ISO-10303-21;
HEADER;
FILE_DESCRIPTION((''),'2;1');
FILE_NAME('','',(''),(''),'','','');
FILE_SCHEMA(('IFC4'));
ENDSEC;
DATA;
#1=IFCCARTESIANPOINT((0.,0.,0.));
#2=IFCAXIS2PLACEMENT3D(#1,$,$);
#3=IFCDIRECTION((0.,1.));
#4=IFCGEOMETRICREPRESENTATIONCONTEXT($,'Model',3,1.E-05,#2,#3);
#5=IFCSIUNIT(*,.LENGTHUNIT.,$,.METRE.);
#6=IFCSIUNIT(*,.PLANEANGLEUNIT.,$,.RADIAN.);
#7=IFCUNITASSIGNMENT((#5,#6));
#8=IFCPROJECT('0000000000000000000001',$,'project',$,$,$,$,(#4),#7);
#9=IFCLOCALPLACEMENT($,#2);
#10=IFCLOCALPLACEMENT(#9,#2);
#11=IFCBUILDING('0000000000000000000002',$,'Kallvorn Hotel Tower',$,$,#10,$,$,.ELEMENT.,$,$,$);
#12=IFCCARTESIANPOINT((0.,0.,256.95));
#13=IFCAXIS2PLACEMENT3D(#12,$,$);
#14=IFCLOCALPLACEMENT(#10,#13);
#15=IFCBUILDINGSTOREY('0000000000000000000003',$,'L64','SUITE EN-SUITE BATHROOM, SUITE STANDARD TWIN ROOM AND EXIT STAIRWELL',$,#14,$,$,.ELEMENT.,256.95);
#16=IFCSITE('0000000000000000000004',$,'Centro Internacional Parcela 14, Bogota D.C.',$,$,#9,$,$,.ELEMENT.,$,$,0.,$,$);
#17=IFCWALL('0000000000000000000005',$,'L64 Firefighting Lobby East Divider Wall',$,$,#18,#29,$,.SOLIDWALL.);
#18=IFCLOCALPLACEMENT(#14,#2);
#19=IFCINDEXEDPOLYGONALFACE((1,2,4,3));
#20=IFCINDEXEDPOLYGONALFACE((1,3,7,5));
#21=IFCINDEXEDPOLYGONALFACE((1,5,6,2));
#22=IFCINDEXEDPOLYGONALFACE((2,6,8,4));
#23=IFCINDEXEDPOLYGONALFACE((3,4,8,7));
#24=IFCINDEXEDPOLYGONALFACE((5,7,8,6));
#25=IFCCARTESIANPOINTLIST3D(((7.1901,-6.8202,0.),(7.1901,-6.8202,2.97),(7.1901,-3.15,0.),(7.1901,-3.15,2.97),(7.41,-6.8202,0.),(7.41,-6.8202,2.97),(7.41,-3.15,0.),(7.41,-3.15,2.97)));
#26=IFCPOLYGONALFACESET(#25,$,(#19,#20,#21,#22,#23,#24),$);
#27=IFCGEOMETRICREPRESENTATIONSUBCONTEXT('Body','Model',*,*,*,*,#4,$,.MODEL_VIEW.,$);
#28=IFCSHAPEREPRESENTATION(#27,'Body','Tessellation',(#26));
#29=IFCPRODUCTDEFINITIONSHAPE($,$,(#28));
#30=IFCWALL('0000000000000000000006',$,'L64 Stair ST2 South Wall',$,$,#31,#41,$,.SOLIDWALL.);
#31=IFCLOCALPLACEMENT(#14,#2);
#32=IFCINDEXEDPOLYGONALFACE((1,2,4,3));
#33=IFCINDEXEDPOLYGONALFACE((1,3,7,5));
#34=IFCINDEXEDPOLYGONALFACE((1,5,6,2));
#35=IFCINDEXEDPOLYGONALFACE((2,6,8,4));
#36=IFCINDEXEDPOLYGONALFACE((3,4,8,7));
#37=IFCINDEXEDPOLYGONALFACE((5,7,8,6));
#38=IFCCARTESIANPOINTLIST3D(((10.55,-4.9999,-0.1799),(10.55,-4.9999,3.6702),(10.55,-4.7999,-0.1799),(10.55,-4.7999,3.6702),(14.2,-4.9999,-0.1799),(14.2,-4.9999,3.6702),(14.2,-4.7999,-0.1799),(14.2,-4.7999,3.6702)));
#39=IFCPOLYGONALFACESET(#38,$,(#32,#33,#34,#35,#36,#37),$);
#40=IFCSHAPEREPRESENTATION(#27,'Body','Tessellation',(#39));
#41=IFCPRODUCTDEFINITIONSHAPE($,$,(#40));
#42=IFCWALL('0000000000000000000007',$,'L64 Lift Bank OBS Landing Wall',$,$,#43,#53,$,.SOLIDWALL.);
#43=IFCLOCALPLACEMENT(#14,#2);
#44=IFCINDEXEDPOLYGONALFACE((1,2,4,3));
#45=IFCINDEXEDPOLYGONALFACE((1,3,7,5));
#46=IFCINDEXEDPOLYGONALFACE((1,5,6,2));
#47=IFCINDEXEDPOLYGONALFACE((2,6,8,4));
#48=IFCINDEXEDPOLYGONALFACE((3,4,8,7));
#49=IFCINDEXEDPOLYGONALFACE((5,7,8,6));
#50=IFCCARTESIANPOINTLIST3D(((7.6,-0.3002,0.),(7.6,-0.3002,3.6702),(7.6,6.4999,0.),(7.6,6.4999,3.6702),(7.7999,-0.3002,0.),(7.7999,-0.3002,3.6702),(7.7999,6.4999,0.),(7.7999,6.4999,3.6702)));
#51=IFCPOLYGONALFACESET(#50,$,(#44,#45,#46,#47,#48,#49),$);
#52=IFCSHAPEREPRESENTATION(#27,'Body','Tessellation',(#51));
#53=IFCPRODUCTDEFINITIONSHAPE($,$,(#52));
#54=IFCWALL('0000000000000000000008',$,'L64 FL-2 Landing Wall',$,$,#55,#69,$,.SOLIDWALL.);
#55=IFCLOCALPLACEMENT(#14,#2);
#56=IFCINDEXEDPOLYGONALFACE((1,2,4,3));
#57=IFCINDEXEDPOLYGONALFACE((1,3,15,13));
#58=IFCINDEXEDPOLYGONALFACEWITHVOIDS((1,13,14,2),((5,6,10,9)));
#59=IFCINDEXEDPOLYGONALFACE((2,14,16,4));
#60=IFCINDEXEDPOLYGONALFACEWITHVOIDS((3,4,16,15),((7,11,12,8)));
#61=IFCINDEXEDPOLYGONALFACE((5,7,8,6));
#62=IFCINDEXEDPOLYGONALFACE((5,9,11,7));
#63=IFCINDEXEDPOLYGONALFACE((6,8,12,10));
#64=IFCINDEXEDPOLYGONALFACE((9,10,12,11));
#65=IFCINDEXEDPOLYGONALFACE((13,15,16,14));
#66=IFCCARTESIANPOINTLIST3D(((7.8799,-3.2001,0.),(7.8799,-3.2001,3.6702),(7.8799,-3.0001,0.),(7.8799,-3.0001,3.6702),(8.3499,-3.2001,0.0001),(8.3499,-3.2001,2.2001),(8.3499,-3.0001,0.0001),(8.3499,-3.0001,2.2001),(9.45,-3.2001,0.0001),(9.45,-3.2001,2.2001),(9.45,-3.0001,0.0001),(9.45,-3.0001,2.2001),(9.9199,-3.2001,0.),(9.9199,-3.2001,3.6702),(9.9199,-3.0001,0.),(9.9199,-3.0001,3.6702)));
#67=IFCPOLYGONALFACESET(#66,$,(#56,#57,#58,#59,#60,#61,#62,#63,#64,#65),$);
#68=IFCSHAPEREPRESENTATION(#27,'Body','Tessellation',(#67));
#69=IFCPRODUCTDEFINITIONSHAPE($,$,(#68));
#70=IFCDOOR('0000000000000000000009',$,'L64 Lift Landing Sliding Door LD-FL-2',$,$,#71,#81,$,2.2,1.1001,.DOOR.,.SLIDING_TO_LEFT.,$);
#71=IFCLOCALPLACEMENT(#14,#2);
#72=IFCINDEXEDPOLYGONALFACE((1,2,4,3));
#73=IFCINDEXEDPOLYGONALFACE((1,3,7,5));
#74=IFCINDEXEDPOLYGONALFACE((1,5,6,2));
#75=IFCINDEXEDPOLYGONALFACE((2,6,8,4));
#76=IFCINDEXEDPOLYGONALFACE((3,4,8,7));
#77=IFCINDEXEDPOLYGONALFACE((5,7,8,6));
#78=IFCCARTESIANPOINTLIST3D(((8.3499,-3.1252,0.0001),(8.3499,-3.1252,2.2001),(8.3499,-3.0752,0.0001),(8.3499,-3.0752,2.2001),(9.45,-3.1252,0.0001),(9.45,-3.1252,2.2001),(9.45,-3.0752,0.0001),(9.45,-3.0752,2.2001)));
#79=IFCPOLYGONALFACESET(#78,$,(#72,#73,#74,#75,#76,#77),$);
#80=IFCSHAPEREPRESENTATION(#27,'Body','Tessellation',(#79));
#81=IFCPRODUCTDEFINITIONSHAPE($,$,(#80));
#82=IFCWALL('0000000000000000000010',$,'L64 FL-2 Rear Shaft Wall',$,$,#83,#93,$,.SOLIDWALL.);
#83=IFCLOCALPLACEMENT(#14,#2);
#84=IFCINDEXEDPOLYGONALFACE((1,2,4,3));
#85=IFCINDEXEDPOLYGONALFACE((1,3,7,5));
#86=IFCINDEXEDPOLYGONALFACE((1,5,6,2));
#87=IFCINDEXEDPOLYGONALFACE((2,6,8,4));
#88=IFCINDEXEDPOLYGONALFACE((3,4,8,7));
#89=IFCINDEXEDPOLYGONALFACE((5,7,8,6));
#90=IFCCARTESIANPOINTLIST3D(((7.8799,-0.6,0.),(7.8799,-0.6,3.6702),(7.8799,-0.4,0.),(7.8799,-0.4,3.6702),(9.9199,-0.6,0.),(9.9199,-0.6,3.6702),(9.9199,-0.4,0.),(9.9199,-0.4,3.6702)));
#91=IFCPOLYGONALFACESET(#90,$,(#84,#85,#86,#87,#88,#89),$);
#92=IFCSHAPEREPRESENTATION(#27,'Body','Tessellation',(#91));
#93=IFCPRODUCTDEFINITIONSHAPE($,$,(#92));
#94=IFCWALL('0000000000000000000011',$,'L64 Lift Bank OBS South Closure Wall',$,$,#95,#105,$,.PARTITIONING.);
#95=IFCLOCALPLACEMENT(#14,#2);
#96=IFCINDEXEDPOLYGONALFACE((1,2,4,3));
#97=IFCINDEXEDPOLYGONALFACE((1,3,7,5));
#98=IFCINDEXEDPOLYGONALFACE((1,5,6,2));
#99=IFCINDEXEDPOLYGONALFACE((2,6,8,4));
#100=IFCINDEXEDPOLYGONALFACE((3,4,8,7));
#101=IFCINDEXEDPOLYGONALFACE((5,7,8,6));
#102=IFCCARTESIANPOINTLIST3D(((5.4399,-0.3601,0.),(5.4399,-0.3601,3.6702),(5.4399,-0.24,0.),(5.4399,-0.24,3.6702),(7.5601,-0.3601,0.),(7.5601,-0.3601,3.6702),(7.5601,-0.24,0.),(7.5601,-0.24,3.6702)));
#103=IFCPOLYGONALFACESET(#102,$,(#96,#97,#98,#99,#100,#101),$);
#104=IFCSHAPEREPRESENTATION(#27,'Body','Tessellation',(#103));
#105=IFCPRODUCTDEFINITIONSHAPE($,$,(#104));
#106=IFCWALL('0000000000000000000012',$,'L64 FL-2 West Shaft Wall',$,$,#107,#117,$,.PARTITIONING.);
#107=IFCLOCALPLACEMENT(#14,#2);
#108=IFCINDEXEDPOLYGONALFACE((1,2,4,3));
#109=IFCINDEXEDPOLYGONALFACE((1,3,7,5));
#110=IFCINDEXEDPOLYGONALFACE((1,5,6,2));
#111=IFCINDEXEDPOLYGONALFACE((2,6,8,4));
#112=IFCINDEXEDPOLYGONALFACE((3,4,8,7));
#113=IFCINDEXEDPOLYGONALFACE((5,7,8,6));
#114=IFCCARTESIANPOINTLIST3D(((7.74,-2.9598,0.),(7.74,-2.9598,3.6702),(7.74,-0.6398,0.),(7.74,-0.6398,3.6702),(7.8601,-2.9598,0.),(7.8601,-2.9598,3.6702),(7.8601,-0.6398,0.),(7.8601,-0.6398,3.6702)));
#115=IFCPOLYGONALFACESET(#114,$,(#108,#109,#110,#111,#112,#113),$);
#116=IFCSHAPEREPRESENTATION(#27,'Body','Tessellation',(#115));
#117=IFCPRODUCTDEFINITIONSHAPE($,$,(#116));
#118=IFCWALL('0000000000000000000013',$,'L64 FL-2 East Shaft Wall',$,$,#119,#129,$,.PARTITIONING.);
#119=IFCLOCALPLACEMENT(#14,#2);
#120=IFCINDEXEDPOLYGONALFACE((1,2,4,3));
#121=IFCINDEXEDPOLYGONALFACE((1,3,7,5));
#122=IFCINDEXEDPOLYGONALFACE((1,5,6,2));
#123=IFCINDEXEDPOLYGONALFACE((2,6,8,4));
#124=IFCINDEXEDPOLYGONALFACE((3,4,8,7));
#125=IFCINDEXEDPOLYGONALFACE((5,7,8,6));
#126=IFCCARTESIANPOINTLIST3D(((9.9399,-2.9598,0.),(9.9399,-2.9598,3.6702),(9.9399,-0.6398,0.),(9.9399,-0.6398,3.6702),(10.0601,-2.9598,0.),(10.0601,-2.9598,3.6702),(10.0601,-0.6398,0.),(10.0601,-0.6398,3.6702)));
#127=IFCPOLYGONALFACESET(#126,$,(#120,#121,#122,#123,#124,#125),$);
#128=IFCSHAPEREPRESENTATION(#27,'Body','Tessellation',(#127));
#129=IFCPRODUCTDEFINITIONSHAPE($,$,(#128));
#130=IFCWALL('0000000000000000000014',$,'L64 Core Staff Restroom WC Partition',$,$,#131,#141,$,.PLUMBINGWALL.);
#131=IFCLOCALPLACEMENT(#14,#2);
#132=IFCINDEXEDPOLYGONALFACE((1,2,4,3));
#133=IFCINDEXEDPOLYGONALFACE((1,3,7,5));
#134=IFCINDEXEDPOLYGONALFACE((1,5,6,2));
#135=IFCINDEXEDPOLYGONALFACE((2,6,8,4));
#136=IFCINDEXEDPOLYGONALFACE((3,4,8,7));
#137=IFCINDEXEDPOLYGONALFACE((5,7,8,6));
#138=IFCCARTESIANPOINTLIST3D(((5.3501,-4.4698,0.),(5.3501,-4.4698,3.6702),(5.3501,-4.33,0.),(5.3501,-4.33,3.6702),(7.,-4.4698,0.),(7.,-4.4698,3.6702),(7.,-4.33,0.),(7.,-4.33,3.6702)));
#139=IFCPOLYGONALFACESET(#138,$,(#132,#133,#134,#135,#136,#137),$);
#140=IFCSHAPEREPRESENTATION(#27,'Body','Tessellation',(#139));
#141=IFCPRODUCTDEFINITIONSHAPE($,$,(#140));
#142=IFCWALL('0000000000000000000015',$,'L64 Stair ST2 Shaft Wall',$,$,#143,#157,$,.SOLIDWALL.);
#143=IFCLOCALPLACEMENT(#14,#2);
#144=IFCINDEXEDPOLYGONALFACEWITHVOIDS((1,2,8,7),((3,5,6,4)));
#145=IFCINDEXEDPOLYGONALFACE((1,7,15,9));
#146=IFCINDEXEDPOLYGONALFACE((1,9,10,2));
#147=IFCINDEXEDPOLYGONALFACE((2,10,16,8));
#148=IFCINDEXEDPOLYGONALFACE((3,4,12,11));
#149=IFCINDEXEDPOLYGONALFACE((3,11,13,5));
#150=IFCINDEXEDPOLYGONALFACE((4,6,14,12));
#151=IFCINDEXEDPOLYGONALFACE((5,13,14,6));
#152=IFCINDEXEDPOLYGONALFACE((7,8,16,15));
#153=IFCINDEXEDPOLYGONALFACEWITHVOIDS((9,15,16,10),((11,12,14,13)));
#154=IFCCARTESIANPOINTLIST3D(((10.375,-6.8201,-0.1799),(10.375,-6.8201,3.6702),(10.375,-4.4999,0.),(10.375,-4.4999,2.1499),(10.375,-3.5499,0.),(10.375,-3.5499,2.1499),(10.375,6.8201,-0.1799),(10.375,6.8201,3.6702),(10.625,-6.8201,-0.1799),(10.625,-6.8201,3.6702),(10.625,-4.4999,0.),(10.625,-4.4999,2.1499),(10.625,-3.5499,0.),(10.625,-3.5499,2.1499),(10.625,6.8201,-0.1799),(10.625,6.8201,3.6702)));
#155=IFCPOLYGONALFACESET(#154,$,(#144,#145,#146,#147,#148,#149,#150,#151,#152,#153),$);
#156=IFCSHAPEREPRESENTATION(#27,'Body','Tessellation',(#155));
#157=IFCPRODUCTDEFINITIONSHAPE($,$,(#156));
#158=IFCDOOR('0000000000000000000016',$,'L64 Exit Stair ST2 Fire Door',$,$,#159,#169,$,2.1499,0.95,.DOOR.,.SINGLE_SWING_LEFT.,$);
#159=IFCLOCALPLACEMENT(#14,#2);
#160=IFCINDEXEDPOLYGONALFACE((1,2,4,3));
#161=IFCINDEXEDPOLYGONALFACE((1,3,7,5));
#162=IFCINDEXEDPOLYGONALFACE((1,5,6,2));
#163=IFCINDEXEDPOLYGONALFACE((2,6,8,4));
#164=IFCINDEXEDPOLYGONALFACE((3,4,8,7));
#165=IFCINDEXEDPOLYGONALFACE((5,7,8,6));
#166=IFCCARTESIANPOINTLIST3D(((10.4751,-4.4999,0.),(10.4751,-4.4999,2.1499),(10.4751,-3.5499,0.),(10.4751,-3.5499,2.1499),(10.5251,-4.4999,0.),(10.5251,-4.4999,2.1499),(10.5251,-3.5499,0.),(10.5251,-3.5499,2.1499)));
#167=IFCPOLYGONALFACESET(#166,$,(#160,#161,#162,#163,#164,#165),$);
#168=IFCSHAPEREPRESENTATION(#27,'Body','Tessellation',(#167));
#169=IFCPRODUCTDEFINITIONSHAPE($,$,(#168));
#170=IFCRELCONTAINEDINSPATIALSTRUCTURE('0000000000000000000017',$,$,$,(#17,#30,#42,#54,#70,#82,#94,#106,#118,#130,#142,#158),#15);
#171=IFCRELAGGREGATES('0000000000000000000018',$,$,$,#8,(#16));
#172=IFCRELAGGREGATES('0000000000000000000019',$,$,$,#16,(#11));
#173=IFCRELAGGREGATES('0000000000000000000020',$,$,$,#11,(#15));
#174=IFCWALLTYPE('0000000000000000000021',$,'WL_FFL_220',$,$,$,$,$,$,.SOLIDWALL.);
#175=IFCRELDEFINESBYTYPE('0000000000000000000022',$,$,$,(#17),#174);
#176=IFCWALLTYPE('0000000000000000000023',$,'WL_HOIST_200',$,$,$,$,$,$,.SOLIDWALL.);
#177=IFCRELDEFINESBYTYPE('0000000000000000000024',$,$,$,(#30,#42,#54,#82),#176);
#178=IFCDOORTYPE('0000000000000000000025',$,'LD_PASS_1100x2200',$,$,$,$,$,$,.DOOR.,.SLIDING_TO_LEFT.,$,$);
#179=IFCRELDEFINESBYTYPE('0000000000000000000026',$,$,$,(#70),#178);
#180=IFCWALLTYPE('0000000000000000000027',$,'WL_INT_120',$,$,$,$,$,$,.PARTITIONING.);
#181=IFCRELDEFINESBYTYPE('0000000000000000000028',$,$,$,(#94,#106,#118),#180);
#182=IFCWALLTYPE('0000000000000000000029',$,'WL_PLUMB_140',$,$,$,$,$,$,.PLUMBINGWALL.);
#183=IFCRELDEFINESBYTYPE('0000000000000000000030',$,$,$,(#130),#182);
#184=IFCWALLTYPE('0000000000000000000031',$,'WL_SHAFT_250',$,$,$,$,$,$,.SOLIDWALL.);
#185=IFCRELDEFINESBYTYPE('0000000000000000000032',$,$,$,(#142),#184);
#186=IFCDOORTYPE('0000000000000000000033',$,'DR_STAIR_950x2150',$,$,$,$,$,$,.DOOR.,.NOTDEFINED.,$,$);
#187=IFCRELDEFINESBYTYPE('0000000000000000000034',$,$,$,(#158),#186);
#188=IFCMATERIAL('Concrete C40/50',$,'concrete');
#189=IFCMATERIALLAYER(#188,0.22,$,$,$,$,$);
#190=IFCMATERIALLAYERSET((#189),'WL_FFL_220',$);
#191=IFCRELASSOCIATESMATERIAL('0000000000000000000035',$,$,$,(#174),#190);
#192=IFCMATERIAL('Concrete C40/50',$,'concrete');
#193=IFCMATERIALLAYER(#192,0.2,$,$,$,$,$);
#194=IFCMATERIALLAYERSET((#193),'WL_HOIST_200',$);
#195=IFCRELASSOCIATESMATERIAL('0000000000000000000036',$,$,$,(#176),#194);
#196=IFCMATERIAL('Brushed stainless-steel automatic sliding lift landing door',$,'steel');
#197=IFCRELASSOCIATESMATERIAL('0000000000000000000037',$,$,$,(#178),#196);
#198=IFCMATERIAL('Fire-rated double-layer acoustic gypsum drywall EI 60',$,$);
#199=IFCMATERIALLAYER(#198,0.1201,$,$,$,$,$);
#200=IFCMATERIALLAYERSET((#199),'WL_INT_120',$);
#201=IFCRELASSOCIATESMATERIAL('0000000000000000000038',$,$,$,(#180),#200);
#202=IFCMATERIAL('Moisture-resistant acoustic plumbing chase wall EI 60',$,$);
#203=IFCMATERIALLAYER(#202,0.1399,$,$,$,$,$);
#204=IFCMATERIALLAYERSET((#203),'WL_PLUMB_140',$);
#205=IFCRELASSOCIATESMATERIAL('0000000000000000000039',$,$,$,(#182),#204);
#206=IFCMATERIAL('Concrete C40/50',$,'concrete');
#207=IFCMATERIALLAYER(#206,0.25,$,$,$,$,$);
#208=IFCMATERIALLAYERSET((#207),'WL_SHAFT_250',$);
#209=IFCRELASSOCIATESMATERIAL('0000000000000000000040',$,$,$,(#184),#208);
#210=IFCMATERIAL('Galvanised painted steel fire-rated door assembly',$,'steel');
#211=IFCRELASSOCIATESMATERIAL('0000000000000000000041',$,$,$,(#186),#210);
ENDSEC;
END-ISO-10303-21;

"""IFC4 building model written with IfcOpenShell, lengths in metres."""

from ifc_helpers import new_model, si_unit, direction, frame, frame_2d, origin, place, context, subcontext, project, spatial, rectangle, extrude, material, layer, layer_set, type_object, element, fill, save


model = new_model("IFC4")

# Units and contexts
model_context = context("Model", 3, precision=1e-05, world=origin(), true_north=direction((0.0, 1.0)))
body_context = subcontext(model_context, "Body", "Model", "MODEL_VIEW")
ifc_project = project(units=[si_unit("LENGTHUNIT", "METRE"), si_unit("PLANEANGLEUNIT", "RADIAN")], contexts=[model_context])

# Site, building, storey
site_placement = place(None, origin())
site = spatial("IfcSite", under=ifc_project, at=site_placement, Name="Centro Internacional Parcela 14, Bogota D.C.", CompositionType="ELEMENT", RefElevation=0.0)
building_placement = place(site_placement, origin())
building = spatial("IfcBuilding", under=site, at=building_placement, Name="Kallvorn Hotel Tower", CompositionType="ELEMENT")
storey_placement = place(building_placement, frame((0.0, 0.0, 256.95)))
storey = spatial("IfcBuildingStorey", under=building, at=storey_placement, Name="L64", Description="SUITE EN-SUITE BATHROOM, SUITE STANDARD TWIN ROOM AND EXIT STAIRWELL", CompositionType="ELEMENT", Elevation=256.95)

# Walls
ifc_material_1 = material(Name="Concrete C40/50", Category="concrete")
ifc_layer_1 = layer(ifc_material_1, 0.22)
ifc_layer_set_1 = layer_set([ifc_layer_1], Name="WL_FFL_220")
wall_type_1 = type_object("IfcWallType", Name="WL_FFL_220", PredefinedType="SOLIDWALL", material=ifc_layer_set_1)
wall_1_placement = place(storey_placement, frame((7.3, -6.8201, 0.0), z_axis=(0.0, 0.0, 1.0), x_axis=(0.0, 1.0, 0.0)))
element("IfcWall", 1, at=wall_1_placement, inside=storey, type_object=wall_type_1, Name="L64 Firefighting Lobby East Divider Wall", PredefinedType="SOLIDWALL", context=body_context, shape_type="SweptSolid", body=[
    extrude(rectangle(XDim=3.6702, YDim=0.22, at=frame_2d((1.835, 0.0))), origin(), (0.0, 0.0, 1.0), 2.97),
])
ifc_material_2 = material(Name="Concrete C40/50", Category="concrete")
ifc_layer_2 = layer(ifc_material_2, 0.2)
ifc_layer_set_2 = layer_set([ifc_layer_2], Name="WL_HOIST_200")
wall_type_2 = type_object("IfcWallType", Name="WL_HOIST_200", PredefinedType="SOLIDWALL", material=ifc_layer_set_2)
wall_2_placement = place(storey_placement, frame((10.55, -4.8999, -0.1799), z_axis=(0.0, 0.0, 1.0), x_axis=(1.0, 0.0, 0.0)))
element("IfcWall", 2, at=wall_2_placement, inside=storey, type_object=wall_type_2, Name="L64 Stair ST2 South Wall", PredefinedType="SOLIDWALL", context=body_context, shape_type="SweptSolid", body=[
    extrude(rectangle(XDim=3.6499, YDim=0.2, at=frame_2d((1.825, 0.0))), origin(), (0.0, 0.0, 1.0), 3.8501),
])
wall_3_placement = place(storey_placement, frame((7.7, -0.3, 0.0), z_axis=(0.0, 0.0, 1.0), x_axis=(0.0, 1.0, 0.0)))
element("IfcWall", 3, at=wall_3_placement, inside=storey, type_object=wall_type_2, Name="L64 Lift Bank OBS Landing Wall", PredefinedType="SOLIDWALL", context=body_context, shape_type="SweptSolid", body=[
    extrude(rectangle(XDim=6.8, YDim=0.2, at=frame_2d((3.3999, 0.0))), origin(), (0.0, 0.0, 1.0), 3.6702),
])

# Wall, opening, door
wall_4_placement = place(storey_placement, frame((7.8799, -3.1001, 0.0), z_axis=(0.0, 0.0, 1.0), x_axis=(1.0, 0.0, 0.0)))
wall_4 = element("IfcWall", 4, at=wall_4_placement, inside=storey, type_object=wall_type_2, Name="L64 FL-2 Landing Wall", PredefinedType="SOLIDWALL", context=body_context, shape_type="SweptSolid", body=[
    extrude(rectangle(XDim=2.04, YDim=0.2, at=frame_2d((1.02, 0.0))), origin(), (0.0, 0.0, 1.0), 3.6702),
])
opening_1_placement = place(wall_4_placement, frame((0.47, 0.0, 0.0)))
opening_1 = element("IfcOpeningElement", 5, at=opening_1_placement, cuts=wall_4, PredefinedType="OPENING", context=body_context, shape_type="SweptSolid", body=[
    extrude(rectangle(XDim=1.1001, YDim=2.2, at=frame_2d((0.55, 1.1001))), frame((0.0, 0.115, 0.0), z_axis=(0.0, -1.0, 0.0), x_axis=(1.0, 0.0, 0.0)), (0.0, 0.0, 1.0), 0.23),
])
ifc_material_3 = material(Name="Brushed stainless-steel automatic sliding lift landing door", Category="steel")
door_type_1 = type_object("IfcDoorType", Name="LD_PASS_1100x2200", OperationType="SLIDING_TO_LEFT", PredefinedType="DOOR", material=ifc_material_3)
door_1_placement = place(opening_1_placement, origin())
door_1 = element("IfcDoor", 6, at=door_1_placement, inside=storey, type_object=door_type_1, Name="L64 Lift Landing Sliding Door LD-FL-2", OperationType="SLIDING_TO_LEFT", OverallHeight=2.2, OverallWidth=1.1001, PredefinedType="DOOR", context=body_context, shape_type="SweptSolid", body=[
    extrude(rectangle(XDim=1.1001, YDim=2.2, at=frame_2d((0.55, 1.1001))), frame((0.0, 0.0249, 0.0), z_axis=(0.0, -1.0, 0.0), x_axis=(1.0, 0.0, 0.0)), (0.0, 0.0, 1.0), 0.05),
])
fill(opening_1, door_1)

# Walls
wall_5_placement = place(storey_placement, frame((7.8799, -0.5, 0.0), z_axis=(0.0, 0.0, 1.0), x_axis=(1.0, 0.0, 0.0)))
element("IfcWall", 7, at=wall_5_placement, inside=storey, type_object=wall_type_2, Name="L64 FL-2 Rear Shaft Wall", PredefinedType="SOLIDWALL", context=body_context, shape_type="SweptSolid", body=[
    extrude(rectangle(XDim=2.04, YDim=0.2, at=frame_2d((1.02, 0.0))), origin(), (0.0, 0.0, 1.0), 3.6702),
])
ifc_material_4 = material(Name="Fire-rated double-layer acoustic gypsum drywall EI 60")
ifc_layer_3 = layer(ifc_material_4, 0.1201)
ifc_layer_set_3 = layer_set([ifc_layer_3], Name="WL_INT_120")
wall_type_3 = type_object("IfcWallType", Name="WL_INT_120", PredefinedType="PARTITIONING", material=ifc_layer_set_3)
wall_6_placement = place(storey_placement, frame((5.4399, -0.3, 0.0), z_axis=(0.0, 0.0, 1.0), x_axis=(1.0, 0.0, 0.0)))
element("IfcWall", 8, at=wall_6_placement, inside=storey, type_object=wall_type_3, Name="L64 Lift Bank OBS South Closure Wall", PredefinedType="PARTITIONING", context=body_context, shape_type="SweptSolid", body=[
    extrude(rectangle(XDim=2.1201, YDim=0.1201, at=frame_2d((1.0601, 0.0))), origin(), (0.0, 0.0, 1.0), 3.6702),
])
for number, where, z_axis, x_axis, name in (
    (9, (7.8, -2.96, 0.0), (0.0, 0.0, 1.0), (0.0, 1.0, 0.0), "L64 FL-2 West Shaft Wall"),
    (10, (10.0, -2.96, 0.0), (0.0, 0.0, 1.0), (0.0, 1.0, 0.0), "L64 FL-2 East Shaft Wall"),
):
    element("IfcWall", number, at=place(storey_placement, frame(where, z_axis=z_axis, x_axis=x_axis)), inside=storey, type_object=wall_type_3, Name=name, PredefinedType="PARTITIONING", context=body_context, shape_type="SweptSolid", body=[
        extrude(rectangle(XDim=2.3201, YDim=0.1201, at=frame_2d((1.1602, 0.0))), origin(), (0.0, 0.0, 1.0), 3.6702),
    ])
ifc_material_5 = material(Name="Moisture-resistant acoustic plumbing chase wall EI 60")
ifc_layer_4 = layer(ifc_material_5, 0.1399)
ifc_layer_set_4 = layer_set([ifc_layer_4], Name="WL_PLUMB_140")
wall_type_4 = type_object("IfcWallType", Name="WL_PLUMB_140", PredefinedType="PLUMBINGWALL", material=ifc_layer_set_4)
wall_7_placement = place(storey_placement, frame((5.3501, -4.3999, 0.0), z_axis=(0.0, 0.0, 1.0), x_axis=(1.0, 0.0, 0.0)))
element("IfcWall", 11, at=wall_7_placement, inside=storey, type_object=wall_type_4, Name="L64 Core Staff Restroom WC Partition", PredefinedType="PLUMBINGWALL", context=body_context, shape_type="SweptSolid", body=[
    extrude(rectangle(XDim=1.6499, YDim=0.1399, at=frame_2d((0.825, 0.0))), origin(), (0.0, 0.0, 1.0), 3.6702),
])

# Wall, opening, door
ifc_material_6 = material(Name="Concrete C40/50", Category="concrete")
ifc_layer_5 = layer(ifc_material_6, 0.25)
ifc_layer_set_5 = layer_set([ifc_layer_5], Name="WL_SHAFT_250")
wall_type_5 = type_object("IfcWallType", Name="WL_SHAFT_250", PredefinedType="SOLIDWALL", material=ifc_layer_set_5)
wall_8_placement = place(storey_placement, frame((10.5, -6.8201, -0.1799), z_axis=(0.0, 0.0, 1.0), x_axis=(0.0, 1.0, 0.0)))
wall_8 = element("IfcWall", 12, at=wall_8_placement, inside=storey, type_object=wall_type_5, Name="L64 Stair ST2 Shaft Wall", PredefinedType="SOLIDWALL", context=body_context, shape_type="SweptSolid", body=[
    extrude(rectangle(XDim=13.6401, YDim=0.25, at=frame_2d((6.8201, 0.0))), origin(), (0.0, 0.0, 1.0), 3.8501),
])
opening_2_placement = place(wall_8_placement, frame((2.3201, 0.0, 0.1799)))
opening_2 = element("IfcOpeningElement", 13, at=opening_2_placement, cuts=wall_8, PredefinedType="OPENING", context=body_context, shape_type="SweptSolid", body=[
    extrude(rectangle(XDim=0.95, YDim=2.1499, at=frame_2d((0.4751, 1.075))), frame((0.0, 0.1399, 0.0), z_axis=(0.0, -1.0, 0.0), x_axis=(1.0, 0.0, 0.0)), (0.0, 0.0, 1.0), 0.28),
])
ifc_material_7 = material(Name="Galvanised painted steel fire-rated door assembly", Category="steel")
door_type_2 = type_object("IfcDoorType", Name="DR_STAIR_950x2150", OperationType="NOTDEFINED", PredefinedType="DOOR", material=ifc_material_7)
door_2_placement = place(opening_2_placement, origin())
door_2 = element("IfcDoor", 14, at=door_2_placement, inside=storey, type_object=door_type_2, Name="L64 Exit Stair ST2 Fire Door", OperationType="SINGLE_SWING_LEFT", OverallHeight=2.1499, OverallWidth=0.95, PredefinedType="DOOR", context=body_context, shape_type="SweptSolid", body=[
    extrude(rectangle(XDim=0.95, YDim=2.1499, at=frame_2d((0.4751, 1.075))), frame((0.0, 0.0249, 0.0), z_axis=(0.0, -1.0, 0.0), x_axis=(1.0, 0.0, 0.0)), (0.0, 0.0, 1.0), 0.05),
])
fill(opening_2, door_2)

save(model, "model.ifc")
